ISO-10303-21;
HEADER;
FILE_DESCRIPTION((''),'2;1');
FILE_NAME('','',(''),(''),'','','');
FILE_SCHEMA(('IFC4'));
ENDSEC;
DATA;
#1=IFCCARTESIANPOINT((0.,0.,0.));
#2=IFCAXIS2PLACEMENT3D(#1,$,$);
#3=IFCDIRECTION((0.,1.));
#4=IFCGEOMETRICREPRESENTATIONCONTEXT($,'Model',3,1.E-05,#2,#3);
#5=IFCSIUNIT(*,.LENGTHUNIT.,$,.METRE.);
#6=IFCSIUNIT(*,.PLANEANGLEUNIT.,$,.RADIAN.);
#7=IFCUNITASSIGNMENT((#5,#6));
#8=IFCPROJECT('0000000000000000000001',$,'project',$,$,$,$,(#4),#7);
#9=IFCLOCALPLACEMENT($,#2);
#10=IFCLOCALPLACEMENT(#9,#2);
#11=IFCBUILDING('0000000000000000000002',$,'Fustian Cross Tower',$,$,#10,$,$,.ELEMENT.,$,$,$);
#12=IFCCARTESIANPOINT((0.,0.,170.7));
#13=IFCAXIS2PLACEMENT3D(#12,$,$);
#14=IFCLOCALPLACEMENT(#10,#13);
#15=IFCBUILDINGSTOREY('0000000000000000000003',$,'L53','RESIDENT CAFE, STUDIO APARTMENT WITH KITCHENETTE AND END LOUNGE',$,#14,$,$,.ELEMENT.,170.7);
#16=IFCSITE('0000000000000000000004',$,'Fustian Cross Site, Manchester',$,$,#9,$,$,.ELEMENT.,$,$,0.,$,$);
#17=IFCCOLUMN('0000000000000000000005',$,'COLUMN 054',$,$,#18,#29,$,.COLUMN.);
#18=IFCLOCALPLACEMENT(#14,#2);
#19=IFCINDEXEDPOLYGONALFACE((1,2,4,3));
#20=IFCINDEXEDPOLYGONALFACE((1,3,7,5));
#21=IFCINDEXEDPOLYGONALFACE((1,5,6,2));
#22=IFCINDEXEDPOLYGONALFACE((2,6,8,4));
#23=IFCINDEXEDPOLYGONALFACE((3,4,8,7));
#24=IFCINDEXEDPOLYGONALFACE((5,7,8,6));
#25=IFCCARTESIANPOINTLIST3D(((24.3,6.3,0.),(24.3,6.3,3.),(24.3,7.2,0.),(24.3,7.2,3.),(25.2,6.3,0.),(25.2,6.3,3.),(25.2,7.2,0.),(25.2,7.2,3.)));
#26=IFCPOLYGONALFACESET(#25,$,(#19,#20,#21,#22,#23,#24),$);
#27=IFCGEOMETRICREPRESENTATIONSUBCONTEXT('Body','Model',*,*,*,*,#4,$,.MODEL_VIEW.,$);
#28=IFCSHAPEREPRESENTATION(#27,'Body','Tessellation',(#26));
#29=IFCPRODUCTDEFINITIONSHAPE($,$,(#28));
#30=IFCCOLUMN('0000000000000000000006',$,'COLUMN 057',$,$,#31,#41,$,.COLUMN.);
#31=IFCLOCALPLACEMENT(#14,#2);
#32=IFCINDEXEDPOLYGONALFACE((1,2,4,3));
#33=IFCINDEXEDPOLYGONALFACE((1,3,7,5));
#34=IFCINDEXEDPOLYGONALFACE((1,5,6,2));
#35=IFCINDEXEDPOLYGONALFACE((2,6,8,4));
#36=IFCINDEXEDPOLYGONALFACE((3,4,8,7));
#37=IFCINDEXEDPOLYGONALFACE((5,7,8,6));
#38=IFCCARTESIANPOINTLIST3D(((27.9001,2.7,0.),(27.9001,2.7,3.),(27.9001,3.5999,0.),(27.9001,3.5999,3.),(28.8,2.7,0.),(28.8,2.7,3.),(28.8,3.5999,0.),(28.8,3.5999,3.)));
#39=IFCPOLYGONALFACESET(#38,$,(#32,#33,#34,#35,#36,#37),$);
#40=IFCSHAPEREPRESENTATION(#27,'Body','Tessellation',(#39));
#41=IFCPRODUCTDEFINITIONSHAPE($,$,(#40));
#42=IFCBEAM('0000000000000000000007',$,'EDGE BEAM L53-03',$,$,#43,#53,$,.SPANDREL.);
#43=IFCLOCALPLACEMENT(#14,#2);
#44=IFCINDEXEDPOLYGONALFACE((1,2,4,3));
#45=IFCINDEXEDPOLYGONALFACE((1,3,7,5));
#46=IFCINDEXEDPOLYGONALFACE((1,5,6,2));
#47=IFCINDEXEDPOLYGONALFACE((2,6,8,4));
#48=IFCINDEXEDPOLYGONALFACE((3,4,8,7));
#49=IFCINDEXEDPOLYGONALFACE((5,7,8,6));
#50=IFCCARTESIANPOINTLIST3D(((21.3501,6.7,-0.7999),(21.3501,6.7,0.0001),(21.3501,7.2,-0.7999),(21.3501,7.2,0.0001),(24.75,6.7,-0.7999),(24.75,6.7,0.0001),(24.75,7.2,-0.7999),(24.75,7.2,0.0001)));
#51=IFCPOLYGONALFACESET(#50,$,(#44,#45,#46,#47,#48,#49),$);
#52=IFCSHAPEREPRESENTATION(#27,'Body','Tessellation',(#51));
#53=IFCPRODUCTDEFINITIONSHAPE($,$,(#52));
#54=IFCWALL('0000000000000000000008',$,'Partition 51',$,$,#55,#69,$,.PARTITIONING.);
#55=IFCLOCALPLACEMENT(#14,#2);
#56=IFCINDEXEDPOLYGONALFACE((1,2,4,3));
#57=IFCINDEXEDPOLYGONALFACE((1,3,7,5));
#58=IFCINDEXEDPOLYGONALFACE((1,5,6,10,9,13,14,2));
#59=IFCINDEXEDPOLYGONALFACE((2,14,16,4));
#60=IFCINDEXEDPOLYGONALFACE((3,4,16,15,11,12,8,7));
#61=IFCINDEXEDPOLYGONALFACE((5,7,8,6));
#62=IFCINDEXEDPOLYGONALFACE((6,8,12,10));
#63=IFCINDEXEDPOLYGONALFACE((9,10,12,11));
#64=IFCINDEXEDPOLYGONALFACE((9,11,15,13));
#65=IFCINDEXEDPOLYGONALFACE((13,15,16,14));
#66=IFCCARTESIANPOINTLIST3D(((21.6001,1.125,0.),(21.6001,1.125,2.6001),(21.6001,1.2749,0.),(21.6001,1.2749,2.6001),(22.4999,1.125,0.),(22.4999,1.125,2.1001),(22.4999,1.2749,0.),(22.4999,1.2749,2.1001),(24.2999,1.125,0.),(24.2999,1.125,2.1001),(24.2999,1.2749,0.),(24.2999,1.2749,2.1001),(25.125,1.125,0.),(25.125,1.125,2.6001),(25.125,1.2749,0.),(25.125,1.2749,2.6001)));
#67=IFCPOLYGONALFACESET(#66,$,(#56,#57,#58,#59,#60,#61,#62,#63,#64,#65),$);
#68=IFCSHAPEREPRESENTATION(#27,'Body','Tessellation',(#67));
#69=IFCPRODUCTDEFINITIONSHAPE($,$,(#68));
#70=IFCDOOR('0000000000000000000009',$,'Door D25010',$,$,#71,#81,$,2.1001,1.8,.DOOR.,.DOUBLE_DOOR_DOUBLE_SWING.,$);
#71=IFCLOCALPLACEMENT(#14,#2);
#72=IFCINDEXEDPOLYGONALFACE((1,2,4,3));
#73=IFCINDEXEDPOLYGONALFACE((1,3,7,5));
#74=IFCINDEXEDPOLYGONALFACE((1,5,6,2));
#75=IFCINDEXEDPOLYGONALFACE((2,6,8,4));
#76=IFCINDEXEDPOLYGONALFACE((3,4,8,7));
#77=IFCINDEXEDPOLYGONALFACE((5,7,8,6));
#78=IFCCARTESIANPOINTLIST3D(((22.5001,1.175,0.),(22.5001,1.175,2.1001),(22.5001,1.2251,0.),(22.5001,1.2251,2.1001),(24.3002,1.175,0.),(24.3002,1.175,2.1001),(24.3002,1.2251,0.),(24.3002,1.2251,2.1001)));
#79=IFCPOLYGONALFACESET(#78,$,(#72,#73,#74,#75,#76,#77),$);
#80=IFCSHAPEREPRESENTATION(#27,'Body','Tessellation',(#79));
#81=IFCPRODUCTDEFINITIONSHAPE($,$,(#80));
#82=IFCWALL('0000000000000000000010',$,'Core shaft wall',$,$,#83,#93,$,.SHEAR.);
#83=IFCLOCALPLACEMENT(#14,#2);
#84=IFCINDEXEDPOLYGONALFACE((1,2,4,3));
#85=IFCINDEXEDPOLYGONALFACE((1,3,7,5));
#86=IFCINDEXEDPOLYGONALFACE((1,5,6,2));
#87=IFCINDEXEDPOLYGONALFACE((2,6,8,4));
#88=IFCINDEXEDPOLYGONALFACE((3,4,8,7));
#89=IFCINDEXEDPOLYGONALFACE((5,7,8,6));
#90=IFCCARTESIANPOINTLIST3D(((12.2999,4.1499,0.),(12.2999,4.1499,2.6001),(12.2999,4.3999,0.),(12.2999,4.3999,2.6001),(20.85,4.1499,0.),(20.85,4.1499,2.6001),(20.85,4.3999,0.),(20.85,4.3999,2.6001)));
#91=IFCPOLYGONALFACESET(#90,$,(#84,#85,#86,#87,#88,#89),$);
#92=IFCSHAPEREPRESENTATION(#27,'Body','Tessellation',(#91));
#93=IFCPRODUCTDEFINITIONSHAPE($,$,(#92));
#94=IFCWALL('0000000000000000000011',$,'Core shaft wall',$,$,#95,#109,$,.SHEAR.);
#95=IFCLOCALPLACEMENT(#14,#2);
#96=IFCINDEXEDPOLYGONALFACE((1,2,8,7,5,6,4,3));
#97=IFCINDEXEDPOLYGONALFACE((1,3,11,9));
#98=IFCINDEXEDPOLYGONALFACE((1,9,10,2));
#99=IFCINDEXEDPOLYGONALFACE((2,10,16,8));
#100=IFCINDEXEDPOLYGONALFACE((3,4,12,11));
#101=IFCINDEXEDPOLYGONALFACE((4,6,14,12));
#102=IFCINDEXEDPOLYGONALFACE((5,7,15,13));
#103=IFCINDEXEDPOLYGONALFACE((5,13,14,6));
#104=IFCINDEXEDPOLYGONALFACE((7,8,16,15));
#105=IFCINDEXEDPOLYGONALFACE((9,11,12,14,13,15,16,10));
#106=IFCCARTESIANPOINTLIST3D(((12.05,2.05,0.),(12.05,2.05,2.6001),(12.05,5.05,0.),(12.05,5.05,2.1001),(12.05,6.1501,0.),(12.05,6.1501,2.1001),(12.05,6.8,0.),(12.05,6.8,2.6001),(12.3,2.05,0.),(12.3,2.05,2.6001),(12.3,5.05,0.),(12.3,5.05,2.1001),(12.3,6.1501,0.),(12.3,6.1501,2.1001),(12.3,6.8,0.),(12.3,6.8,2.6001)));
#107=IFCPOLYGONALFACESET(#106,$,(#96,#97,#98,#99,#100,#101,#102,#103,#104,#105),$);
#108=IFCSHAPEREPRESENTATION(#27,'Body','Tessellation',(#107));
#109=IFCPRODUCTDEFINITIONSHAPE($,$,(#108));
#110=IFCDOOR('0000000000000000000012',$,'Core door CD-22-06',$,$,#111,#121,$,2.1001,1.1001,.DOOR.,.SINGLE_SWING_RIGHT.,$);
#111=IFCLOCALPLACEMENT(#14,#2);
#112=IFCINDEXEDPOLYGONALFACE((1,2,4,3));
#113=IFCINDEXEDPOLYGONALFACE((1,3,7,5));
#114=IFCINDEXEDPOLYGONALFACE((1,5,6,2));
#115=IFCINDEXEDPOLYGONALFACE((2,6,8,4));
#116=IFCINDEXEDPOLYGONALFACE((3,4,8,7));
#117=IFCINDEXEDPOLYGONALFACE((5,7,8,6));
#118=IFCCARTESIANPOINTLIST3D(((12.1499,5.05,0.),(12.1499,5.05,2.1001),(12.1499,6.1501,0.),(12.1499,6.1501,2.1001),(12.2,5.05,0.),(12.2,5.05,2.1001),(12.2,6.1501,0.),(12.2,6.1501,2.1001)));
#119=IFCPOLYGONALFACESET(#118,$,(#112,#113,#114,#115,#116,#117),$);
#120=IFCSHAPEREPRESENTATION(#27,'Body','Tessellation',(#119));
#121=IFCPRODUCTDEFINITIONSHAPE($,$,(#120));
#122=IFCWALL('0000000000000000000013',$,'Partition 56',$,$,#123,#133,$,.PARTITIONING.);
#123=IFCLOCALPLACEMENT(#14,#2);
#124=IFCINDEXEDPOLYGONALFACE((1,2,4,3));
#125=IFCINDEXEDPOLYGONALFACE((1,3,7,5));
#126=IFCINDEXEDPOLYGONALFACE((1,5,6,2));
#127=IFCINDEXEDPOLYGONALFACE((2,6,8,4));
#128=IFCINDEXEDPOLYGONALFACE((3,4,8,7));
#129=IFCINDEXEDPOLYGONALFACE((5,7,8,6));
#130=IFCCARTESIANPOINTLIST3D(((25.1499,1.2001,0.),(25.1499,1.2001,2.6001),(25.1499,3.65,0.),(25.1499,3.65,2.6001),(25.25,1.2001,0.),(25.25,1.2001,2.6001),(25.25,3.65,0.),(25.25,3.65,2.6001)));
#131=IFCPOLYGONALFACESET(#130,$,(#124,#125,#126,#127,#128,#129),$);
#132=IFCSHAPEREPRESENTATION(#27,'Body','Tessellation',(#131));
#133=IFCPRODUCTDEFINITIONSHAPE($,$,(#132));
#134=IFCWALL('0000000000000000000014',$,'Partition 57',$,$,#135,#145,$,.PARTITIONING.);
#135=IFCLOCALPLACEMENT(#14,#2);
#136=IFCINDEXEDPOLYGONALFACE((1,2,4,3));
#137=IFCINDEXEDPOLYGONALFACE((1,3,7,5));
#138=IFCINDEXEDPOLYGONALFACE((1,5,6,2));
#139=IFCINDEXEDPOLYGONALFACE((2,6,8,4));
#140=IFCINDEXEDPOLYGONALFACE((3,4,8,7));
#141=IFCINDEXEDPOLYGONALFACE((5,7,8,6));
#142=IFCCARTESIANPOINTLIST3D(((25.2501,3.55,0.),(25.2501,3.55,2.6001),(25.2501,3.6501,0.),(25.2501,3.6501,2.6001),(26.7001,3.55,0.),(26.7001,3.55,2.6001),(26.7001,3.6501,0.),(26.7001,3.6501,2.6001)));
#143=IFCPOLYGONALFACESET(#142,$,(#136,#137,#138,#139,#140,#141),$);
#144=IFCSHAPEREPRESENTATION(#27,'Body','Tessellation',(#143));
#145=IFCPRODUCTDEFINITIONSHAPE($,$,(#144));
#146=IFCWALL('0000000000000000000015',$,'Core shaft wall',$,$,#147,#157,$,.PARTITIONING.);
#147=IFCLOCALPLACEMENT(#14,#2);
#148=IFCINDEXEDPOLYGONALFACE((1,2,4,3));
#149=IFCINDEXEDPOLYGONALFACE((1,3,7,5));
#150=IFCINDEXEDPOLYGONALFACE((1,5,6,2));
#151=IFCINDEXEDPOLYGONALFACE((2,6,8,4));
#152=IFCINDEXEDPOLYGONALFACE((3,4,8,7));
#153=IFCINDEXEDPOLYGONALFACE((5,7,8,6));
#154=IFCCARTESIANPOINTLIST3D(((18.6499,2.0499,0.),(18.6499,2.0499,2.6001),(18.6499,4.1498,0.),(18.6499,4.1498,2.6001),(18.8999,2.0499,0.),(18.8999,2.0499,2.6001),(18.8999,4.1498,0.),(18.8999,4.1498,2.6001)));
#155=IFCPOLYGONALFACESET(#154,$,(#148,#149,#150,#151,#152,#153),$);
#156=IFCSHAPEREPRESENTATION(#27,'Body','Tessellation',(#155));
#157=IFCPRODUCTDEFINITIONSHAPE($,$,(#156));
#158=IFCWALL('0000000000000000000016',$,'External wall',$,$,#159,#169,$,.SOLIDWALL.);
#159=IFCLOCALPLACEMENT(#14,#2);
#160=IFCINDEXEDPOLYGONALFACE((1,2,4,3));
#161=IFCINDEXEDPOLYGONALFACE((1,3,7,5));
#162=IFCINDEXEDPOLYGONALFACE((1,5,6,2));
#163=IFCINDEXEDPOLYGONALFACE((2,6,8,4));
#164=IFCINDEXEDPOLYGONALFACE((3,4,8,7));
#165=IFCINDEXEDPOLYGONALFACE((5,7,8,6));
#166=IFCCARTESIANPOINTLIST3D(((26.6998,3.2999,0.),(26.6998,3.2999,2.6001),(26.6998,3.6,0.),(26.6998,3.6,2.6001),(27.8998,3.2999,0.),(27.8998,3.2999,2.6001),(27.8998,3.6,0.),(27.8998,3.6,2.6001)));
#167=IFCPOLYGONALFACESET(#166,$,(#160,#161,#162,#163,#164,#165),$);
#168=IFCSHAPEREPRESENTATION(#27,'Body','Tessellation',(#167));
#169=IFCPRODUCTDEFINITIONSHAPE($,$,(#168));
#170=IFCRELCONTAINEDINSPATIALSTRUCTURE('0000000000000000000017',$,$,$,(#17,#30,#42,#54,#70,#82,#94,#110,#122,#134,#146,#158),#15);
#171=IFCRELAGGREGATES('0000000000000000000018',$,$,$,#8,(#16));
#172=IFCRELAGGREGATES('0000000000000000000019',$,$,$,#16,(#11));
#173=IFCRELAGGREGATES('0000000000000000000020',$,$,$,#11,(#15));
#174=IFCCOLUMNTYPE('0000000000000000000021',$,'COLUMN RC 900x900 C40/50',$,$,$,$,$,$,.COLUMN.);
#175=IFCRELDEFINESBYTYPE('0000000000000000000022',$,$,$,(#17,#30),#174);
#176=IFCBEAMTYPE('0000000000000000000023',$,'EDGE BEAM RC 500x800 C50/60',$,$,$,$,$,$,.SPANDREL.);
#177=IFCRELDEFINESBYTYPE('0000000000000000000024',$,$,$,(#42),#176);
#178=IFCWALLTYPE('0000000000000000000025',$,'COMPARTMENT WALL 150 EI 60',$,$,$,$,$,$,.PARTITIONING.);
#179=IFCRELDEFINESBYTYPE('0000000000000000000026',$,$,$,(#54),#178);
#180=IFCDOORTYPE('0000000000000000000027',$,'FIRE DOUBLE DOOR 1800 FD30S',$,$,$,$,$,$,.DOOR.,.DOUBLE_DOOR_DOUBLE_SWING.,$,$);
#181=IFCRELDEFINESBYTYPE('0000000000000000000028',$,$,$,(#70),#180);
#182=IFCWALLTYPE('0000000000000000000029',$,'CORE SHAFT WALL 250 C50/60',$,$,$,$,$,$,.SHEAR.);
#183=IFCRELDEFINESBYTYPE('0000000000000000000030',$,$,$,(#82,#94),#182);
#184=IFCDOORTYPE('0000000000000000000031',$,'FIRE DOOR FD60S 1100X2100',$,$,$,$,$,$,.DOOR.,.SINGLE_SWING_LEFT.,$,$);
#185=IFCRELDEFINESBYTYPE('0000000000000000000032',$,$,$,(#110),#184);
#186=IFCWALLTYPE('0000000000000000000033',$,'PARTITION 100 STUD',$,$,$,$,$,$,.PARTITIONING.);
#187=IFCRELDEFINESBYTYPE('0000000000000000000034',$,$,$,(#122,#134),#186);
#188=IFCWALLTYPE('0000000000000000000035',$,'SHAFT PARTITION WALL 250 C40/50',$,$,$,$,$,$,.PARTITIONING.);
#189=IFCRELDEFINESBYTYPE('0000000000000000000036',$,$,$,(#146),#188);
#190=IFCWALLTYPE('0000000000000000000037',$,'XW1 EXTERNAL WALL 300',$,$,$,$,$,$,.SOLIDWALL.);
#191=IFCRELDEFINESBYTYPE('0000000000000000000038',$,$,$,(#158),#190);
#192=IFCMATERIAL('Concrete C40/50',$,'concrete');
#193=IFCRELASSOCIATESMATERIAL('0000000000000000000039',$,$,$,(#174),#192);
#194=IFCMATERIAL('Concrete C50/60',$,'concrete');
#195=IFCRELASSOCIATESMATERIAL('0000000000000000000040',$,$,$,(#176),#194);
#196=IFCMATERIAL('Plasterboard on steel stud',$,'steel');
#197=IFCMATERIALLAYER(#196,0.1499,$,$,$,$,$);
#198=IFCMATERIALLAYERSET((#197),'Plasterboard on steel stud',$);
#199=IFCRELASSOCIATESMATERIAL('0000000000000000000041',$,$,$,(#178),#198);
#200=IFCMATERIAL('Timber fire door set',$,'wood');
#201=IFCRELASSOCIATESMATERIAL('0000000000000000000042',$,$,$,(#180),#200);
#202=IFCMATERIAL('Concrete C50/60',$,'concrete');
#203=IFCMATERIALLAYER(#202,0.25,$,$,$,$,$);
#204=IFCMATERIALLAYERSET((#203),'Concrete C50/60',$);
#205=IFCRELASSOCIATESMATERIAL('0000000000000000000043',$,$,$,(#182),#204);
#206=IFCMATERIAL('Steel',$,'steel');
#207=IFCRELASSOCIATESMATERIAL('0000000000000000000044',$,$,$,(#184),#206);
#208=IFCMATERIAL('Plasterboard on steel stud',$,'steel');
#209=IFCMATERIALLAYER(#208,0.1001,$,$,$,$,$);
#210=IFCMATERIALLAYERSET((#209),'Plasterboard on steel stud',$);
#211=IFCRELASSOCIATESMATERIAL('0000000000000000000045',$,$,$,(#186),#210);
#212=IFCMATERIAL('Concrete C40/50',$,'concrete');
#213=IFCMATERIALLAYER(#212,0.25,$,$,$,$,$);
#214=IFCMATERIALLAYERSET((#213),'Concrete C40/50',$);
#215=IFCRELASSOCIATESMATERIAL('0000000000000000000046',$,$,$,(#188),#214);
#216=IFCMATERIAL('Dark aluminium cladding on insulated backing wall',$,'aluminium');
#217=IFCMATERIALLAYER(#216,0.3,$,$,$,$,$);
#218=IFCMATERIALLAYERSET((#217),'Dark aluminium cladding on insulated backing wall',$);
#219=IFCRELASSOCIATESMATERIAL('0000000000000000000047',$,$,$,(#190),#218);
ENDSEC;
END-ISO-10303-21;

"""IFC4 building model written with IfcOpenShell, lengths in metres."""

from ifc_helpers import new_model, si_unit, direction, frame, frame_2d, origin, origin_2d, place, context, subcontext, project, spatial, rectangle, extrude, material, layer, layer_set, material_profile, profile_set, type_object, element, fill, save


model = new_model("IFC4")

# Units and contexts
model_context = context("Model", 3, precision=1e-05, world=origin(), true_north=direction((0.0, 1.0)))
body_context = subcontext(model_context, "Body", "Model", "MODEL_VIEW")
ifc_project = project(units=[si_unit("LENGTHUNIT", "METRE"), si_unit("PLANEANGLEUNIT", "RADIAN")], contexts=[model_context])

# Site, building, storey
site_placement = place(None, origin())
site = spatial("IfcSite", under=ifc_project, at=site_placement, Name="Fustian Cross Site, Manchester", CompositionType="ELEMENT", RefElevation=0.0)
building_placement = place(site_placement, origin())
building = spatial("IfcBuilding", under=site, at=building_placement, Name="Fustian Cross Tower", CompositionType="ELEMENT")
storey_placement = place(building_placement, frame((0.0, 0.0, 170.7)))
storey = spatial("IfcBuildingStorey", under=building, at=storey_placement, Name="L53", Description="RESIDENT CAFE, STUDIO APARTMENT WITH KITCHENETTE AND END LOUNGE", CompositionType="ELEMENT", Elevation=170.7)

# Columns
ifc_material_1 = material(Name="Concrete C40/50", Category="concrete")
ifc_material_profile_1 = material_profile(ifc_material_1, rectangle(XDim=0.8999, YDim=0.8999, at=origin_2d()), Name="RC 900x900")
ifc_profile_set_1 = profile_set([ifc_material_profile_1], Name="Concrete C40/50")
column_type = type_object("IfcColumnType", Name="COLUMN RC 900x900 C40/50", PredefinedType="COLUMN", material=ifc_profile_set_1)
for number, where, z_axis, x_axis, name in (
    (1, (24.75, 6.75, 0.0), (0.0, 0.0, 1.0), (1.0, 0.0, 0.0), "COLUMN 054"),
    (2, (28.3501, 3.1499, 0.0), (0.0, 0.0, 1.0), (1.0, 0.0, 0.0), "COLUMN 057"),
):
    element("IfcColumn", number, at=place(storey_placement, frame(where, z_axis=z_axis, x_axis=x_axis)), inside=storey, type_object=column_type, Name=name, PredefinedType="COLUMN", context=body_context, shape_type="SweptSolid", body=[
        extrude(rectangle(XDim=0.8999, YDim=0.8999, at=origin_2d()), origin(), (0.0, 0.0, 1.0), 3.0),
    ])

# Beam
ifc_material_2 = material(Name="Concrete C50/60", Category="concrete")
ifc_material_profile_2 = material_profile(ifc_material_2, rectangle(XDim=0.5, YDim=0.8, at=origin_2d()), Name="RC 500x800")
ifc_profile_set_2 = profile_set([ifc_material_profile_2], Name="Concrete C50/60")
beam_type = type_object("IfcBeamType", Name="EDGE BEAM RC 500x800 C50/60", PredefinedType="SPANDREL", material=ifc_profile_set_2)
beam_placement = place(storey_placement, frame((24.75, 6.95, -0.3999), z_axis=(-1.0, 0.0, 0.0), x_axis=(0.0, -1.0, 0.0)))
element("IfcBeam", 3, at=beam_placement, inside=storey, type_object=beam_type, Name="EDGE BEAM L53-03", PredefinedType="SPANDREL", context=body_context, shape_type="SweptSolid", body=[
    extrude(rectangle(XDim=0.5, YDim=0.8, at=origin_2d()), origin(), (0.0, 0.0, 1.0), 3.3999),
])

# Wall, opening, door
ifc_material_3 = material(Name="Plasterboard on steel stud", Category="steel")
ifc_layer_1 = layer(ifc_material_3, 0.1499)
ifc_layer_set_1 = layer_set([ifc_layer_1], Name="Plasterboard on steel stud")
wall_type_1 = type_object("IfcWallType", Name="COMPARTMENT WALL 150 EI 60", PredefinedType="PARTITIONING", material=ifc_layer_set_1)
wall_1_placement = place(storey_placement, frame((21.6001, 1.2, 0.0), z_axis=(0.0, 0.0, 1.0), x_axis=(1.0, 0.0, 0.0)))
wall_1 = element("IfcWall", 4, at=wall_1_placement, inside=storey, type_object=wall_type_1, Name="Partition 51", PredefinedType="PARTITIONING", context=body_context, shape_type="SweptSolid", body=[
    extrude(rectangle(XDim=3.5249, YDim=0.1499, at=frame_2d((1.7625, 0.0))), origin(), (0.0, 0.0, 1.0), 2.6001),
])
opening_1_placement = place(wall_1_placement, frame((0.8999, 0.0, 0.0)))
opening_1 = element("IfcOpeningElement", 5, at=opening_1_placement, cuts=wall_1, PredefinedType="OPENING", context=body_context, shape_type="SweptSolid", body=[
    extrude(rectangle(XDim=1.8, YDim=2.1001, at=frame_2d((0.8999, 1.05))), frame((0.0, 0.085, 0.0), z_axis=(0.0, -1.0, 0.0), x_axis=(1.0, 0.0, 0.0)), (0.0, 0.0, 1.0), 0.1699),
])
ifc_material_4 = material(Name="Timber fire door set", Category="wood")
door_type_1 = type_object("IfcDoorType", Name="FIRE DOUBLE DOOR 1800 FD30S", OperationType="DOUBLE_DOOR_DOUBLE_SWING", PredefinedType="DOOR", material=ifc_material_4)
door_1_placement = place(opening_1_placement, frame((1.8, 0.0, 0.0), z_axis=(0.0, 0.0, 1.0), x_axis=(-1.0, 0.0, 0.0)))
door_1 = element("IfcDoor", 6, at=door_1_placement, inside=storey, type_object=door_type_1, Name="Door D25010", OperationType="DOUBLE_DOOR_DOUBLE_SWING", OverallHeight=2.1001, OverallWidth=1.8, PredefinedType="DOOR", context=body_context, shape_type="SweptSolid", body=[
    extrude(rectangle(XDim=1.8, YDim=2.1001, at=frame_2d((0.8999, 1.05))), frame((0.0, 0.0249, 0.0), z_axis=(0.0, -1.0, 0.0), x_axis=(1.0, 0.0, 0.0)), (0.0, 0.0, 1.0), 0.05),
])
fill(opening_1, door_1)

# Wall
ifc_material_5 = material(Name="Concrete C50/60", Category="concrete")
ifc_layer_2 = layer(ifc_material_5, 0.25)
ifc_layer_set_2 = layer_set([ifc_layer_2], Name="Concrete C50/60")
wall_type_2 = type_object("IfcWallType", Name="CORE SHAFT WALL 250 C50/60", PredefinedType="SHEAR", material=ifc_layer_set_2)
wall_2_placement = place(storey_placement, frame((12.3, 4.2749, 0.0), z_axis=(0.0, 0.0, 1.0), x_axis=(1.0, 0.0, 0.0)))
element("IfcWall", 7, at=wall_2_placement, inside=storey, type_object=wall_type_2, Name="Core shaft wall", PredefinedType="SHEAR", context=body_context, shape_type="SweptSolid", body=[
    extrude(rectangle(XDim=8.55, YDim=0.25, at=frame_2d((4.2749, 0.0))), origin(), (0.0, 0.0, 1.0), 2.6001),
])

# Wall, opening, door
wall_3_placement = place(storey_placement, frame((12.175, 2.05, 0.0), z_axis=(0.0, 0.0, 1.0), x_axis=(0.0, 1.0, 0.0)))
wall_3 = element("IfcWall", 8, at=wall_3_placement, inside=storey, type_object=wall_type_2, Name="Core shaft wall", PredefinedType="SHEAR", context=body_context, shape_type="SweptSolid", body=[
    extrude(rectangle(XDim=4.75, YDim=0.25, at=frame_2d((2.375, 0.0))), origin(), (0.0, 0.0, 1.0), 2.6001),
])
opening_2_placement = place(wall_3_placement, frame((3.0, 0.0, 0.0)))
opening_2 = element("IfcOpeningElement", 9, at=opening_2_placement, cuts=wall_3, PredefinedType="OPENING", context=body_context, shape_type="SweptSolid", body=[
    extrude(rectangle(XDim=1.1001, YDim=2.1001, at=frame_2d((0.55, 1.05))), frame((0.0, 0.135, 0.0), z_axis=(0.0, -1.0, 0.0), x_axis=(1.0, 0.0, 0.0)), (0.0, 0.0, 1.0), 0.27),
])
ifc_material_6 = material(Name="Steel", Category="steel")
door_type_2 = type_object("IfcDoorType", Name="FIRE DOOR FD60S 1100X2100", OperationType="SINGLE_SWING_LEFT", PredefinedType="DOOR", material=ifc_material_6)
door_2_placement = place(opening_2_placement, frame((1.1001, 0.0, 0.0), z_axis=(0.0, 0.0, 1.0), x_axis=(-1.0, 0.0, 0.0)))
door_2 = element("IfcDoor", 10, at=door_2_placement, inside=storey, type_object=door_type_2, Name="Core door CD-22-06", OperationType="SINGLE_SWING_RIGHT", OverallHeight=2.1001, OverallWidth=1.1001, PredefinedType="DOOR", context=body_context, shape_type="SweptSolid", body=[
    extrude(rectangle(XDim=1.1001, YDim=2.1001, at=frame_2d((0.55, 1.05))), frame((0.0, 0.0249, 0.0), z_axis=(0.0, -1.0, 0.0), x_axis=(1.0, 0.0, 0.0)), (0.0, 0.0, 1.0), 0.05),
])
fill(opening_2, door_2)

# Walls
ifc_material_7 = material(Name="Plasterboard on steel stud", Category="steel")
ifc_layer_3 = layer(ifc_material_7, 0.1001)
ifc_layer_set_3 = layer_set([ifc_layer_3], Name="Plasterboard on steel stud")
wall_type_3 = type_object("IfcWallType", Name="PARTITION 100 STUD", PredefinedType="PARTITIONING", material=ifc_layer_set_3)
wall_4_placement = place(storey_placement, frame((25.2, 1.2, 0.0), z_axis=(0.0, 0.0, 1.0), x_axis=(0.0, 1.0, 0.0)))
element("IfcWall", 11, at=wall_4_placement, inside=storey, type_object=wall_type_3, Name="Partition 56", PredefinedType="PARTITIONING", context=body_context, shape_type="SweptSolid", body=[
    extrude(rectangle(XDim=2.45, YDim=0.1001, at=frame_2d((1.2251, 0.0))), origin(), (0.0, 0.0, 1.0), 2.6001),
])
wall_5_placement = place(storey_placement, frame((25.25, 3.6001, 0.0), z_axis=(0.0, 0.0, 1.0), x_axis=(1.0, 0.0, 0.0)))
element("IfcWall", 12, at=wall_5_placement, inside=storey, type_object=wall_type_3, Name="Partition 57", PredefinedType="PARTITIONING", context=body_context, shape_type="SweptSolid", body=[
    extrude(rectangle(XDim=1.45, YDim=0.1001, at=frame_2d((0.7251, 0.0))), origin(), (0.0, 0.0, 1.0), 2.6001),
])
ifc_material_8 = material(Name="Concrete C40/50", Category="concrete")
ifc_layer_4 = layer(ifc_material_8, 0.25)
ifc_layer_set_4 = layer_set([ifc_layer_4], Name="Concrete C40/50")
wall_type_4 = type_object("IfcWallType", Name="SHAFT PARTITION WALL 250 C40/50", PredefinedType="PARTITIONING", material=ifc_layer_set_4)
wall_6_placement = place(storey_placement, frame((18.7749, 2.05, 0.0), z_axis=(0.0, 0.0, 1.0), x_axis=(0.0, 1.0, 0.0)))
element("IfcWall", 13, at=wall_6_placement, inside=storey, type_object=wall_type_4, Name="Core shaft wall", PredefinedType="PARTITIONING", context=body_context, shape_type="SweptSolid", body=[
    extrude(rectangle(XDim=2.0999, YDim=0.25, at=frame_2d((1.0498, 0.0))), origin(), (0.0, 0.0, 1.0), 2.6001),
])
ifc_material_9 = material(Name="Dark aluminium cladding on insulated backing wall", Category="aluminium")
ifc_layer_5 = layer(ifc_material_9, 0.3)
ifc_layer_set_5 = layer_set([ifc_layer_5], Name="Dark aluminium cladding on insulated backing wall")
wall_type_5 = type_object("IfcWallType", Name="XW1 EXTERNAL WALL 300", PredefinedType="SOLIDWALL", material=ifc_layer_set_5)
wall_7_placement = place(storey_placement, frame((27.8999, 3.45, 0.0), z_axis=(0.0, 0.0, 1.0), x_axis=(-1.0, 0.0, 0.0)))
element("IfcWall", 14, at=wall_7_placement, inside=storey, type_object=wall_type_5, Name="External wall", PredefinedType="SOLIDWALL", context=body_context, shape_type="SweptSolid", body=[
    extrude(rectangle(XDim=1.2, YDim=0.3, at=frame_2d((0.6001, 0.0))), origin(), (0.0, 0.0, 1.0), 2.6001),
])

save(model, "model.ifc")
